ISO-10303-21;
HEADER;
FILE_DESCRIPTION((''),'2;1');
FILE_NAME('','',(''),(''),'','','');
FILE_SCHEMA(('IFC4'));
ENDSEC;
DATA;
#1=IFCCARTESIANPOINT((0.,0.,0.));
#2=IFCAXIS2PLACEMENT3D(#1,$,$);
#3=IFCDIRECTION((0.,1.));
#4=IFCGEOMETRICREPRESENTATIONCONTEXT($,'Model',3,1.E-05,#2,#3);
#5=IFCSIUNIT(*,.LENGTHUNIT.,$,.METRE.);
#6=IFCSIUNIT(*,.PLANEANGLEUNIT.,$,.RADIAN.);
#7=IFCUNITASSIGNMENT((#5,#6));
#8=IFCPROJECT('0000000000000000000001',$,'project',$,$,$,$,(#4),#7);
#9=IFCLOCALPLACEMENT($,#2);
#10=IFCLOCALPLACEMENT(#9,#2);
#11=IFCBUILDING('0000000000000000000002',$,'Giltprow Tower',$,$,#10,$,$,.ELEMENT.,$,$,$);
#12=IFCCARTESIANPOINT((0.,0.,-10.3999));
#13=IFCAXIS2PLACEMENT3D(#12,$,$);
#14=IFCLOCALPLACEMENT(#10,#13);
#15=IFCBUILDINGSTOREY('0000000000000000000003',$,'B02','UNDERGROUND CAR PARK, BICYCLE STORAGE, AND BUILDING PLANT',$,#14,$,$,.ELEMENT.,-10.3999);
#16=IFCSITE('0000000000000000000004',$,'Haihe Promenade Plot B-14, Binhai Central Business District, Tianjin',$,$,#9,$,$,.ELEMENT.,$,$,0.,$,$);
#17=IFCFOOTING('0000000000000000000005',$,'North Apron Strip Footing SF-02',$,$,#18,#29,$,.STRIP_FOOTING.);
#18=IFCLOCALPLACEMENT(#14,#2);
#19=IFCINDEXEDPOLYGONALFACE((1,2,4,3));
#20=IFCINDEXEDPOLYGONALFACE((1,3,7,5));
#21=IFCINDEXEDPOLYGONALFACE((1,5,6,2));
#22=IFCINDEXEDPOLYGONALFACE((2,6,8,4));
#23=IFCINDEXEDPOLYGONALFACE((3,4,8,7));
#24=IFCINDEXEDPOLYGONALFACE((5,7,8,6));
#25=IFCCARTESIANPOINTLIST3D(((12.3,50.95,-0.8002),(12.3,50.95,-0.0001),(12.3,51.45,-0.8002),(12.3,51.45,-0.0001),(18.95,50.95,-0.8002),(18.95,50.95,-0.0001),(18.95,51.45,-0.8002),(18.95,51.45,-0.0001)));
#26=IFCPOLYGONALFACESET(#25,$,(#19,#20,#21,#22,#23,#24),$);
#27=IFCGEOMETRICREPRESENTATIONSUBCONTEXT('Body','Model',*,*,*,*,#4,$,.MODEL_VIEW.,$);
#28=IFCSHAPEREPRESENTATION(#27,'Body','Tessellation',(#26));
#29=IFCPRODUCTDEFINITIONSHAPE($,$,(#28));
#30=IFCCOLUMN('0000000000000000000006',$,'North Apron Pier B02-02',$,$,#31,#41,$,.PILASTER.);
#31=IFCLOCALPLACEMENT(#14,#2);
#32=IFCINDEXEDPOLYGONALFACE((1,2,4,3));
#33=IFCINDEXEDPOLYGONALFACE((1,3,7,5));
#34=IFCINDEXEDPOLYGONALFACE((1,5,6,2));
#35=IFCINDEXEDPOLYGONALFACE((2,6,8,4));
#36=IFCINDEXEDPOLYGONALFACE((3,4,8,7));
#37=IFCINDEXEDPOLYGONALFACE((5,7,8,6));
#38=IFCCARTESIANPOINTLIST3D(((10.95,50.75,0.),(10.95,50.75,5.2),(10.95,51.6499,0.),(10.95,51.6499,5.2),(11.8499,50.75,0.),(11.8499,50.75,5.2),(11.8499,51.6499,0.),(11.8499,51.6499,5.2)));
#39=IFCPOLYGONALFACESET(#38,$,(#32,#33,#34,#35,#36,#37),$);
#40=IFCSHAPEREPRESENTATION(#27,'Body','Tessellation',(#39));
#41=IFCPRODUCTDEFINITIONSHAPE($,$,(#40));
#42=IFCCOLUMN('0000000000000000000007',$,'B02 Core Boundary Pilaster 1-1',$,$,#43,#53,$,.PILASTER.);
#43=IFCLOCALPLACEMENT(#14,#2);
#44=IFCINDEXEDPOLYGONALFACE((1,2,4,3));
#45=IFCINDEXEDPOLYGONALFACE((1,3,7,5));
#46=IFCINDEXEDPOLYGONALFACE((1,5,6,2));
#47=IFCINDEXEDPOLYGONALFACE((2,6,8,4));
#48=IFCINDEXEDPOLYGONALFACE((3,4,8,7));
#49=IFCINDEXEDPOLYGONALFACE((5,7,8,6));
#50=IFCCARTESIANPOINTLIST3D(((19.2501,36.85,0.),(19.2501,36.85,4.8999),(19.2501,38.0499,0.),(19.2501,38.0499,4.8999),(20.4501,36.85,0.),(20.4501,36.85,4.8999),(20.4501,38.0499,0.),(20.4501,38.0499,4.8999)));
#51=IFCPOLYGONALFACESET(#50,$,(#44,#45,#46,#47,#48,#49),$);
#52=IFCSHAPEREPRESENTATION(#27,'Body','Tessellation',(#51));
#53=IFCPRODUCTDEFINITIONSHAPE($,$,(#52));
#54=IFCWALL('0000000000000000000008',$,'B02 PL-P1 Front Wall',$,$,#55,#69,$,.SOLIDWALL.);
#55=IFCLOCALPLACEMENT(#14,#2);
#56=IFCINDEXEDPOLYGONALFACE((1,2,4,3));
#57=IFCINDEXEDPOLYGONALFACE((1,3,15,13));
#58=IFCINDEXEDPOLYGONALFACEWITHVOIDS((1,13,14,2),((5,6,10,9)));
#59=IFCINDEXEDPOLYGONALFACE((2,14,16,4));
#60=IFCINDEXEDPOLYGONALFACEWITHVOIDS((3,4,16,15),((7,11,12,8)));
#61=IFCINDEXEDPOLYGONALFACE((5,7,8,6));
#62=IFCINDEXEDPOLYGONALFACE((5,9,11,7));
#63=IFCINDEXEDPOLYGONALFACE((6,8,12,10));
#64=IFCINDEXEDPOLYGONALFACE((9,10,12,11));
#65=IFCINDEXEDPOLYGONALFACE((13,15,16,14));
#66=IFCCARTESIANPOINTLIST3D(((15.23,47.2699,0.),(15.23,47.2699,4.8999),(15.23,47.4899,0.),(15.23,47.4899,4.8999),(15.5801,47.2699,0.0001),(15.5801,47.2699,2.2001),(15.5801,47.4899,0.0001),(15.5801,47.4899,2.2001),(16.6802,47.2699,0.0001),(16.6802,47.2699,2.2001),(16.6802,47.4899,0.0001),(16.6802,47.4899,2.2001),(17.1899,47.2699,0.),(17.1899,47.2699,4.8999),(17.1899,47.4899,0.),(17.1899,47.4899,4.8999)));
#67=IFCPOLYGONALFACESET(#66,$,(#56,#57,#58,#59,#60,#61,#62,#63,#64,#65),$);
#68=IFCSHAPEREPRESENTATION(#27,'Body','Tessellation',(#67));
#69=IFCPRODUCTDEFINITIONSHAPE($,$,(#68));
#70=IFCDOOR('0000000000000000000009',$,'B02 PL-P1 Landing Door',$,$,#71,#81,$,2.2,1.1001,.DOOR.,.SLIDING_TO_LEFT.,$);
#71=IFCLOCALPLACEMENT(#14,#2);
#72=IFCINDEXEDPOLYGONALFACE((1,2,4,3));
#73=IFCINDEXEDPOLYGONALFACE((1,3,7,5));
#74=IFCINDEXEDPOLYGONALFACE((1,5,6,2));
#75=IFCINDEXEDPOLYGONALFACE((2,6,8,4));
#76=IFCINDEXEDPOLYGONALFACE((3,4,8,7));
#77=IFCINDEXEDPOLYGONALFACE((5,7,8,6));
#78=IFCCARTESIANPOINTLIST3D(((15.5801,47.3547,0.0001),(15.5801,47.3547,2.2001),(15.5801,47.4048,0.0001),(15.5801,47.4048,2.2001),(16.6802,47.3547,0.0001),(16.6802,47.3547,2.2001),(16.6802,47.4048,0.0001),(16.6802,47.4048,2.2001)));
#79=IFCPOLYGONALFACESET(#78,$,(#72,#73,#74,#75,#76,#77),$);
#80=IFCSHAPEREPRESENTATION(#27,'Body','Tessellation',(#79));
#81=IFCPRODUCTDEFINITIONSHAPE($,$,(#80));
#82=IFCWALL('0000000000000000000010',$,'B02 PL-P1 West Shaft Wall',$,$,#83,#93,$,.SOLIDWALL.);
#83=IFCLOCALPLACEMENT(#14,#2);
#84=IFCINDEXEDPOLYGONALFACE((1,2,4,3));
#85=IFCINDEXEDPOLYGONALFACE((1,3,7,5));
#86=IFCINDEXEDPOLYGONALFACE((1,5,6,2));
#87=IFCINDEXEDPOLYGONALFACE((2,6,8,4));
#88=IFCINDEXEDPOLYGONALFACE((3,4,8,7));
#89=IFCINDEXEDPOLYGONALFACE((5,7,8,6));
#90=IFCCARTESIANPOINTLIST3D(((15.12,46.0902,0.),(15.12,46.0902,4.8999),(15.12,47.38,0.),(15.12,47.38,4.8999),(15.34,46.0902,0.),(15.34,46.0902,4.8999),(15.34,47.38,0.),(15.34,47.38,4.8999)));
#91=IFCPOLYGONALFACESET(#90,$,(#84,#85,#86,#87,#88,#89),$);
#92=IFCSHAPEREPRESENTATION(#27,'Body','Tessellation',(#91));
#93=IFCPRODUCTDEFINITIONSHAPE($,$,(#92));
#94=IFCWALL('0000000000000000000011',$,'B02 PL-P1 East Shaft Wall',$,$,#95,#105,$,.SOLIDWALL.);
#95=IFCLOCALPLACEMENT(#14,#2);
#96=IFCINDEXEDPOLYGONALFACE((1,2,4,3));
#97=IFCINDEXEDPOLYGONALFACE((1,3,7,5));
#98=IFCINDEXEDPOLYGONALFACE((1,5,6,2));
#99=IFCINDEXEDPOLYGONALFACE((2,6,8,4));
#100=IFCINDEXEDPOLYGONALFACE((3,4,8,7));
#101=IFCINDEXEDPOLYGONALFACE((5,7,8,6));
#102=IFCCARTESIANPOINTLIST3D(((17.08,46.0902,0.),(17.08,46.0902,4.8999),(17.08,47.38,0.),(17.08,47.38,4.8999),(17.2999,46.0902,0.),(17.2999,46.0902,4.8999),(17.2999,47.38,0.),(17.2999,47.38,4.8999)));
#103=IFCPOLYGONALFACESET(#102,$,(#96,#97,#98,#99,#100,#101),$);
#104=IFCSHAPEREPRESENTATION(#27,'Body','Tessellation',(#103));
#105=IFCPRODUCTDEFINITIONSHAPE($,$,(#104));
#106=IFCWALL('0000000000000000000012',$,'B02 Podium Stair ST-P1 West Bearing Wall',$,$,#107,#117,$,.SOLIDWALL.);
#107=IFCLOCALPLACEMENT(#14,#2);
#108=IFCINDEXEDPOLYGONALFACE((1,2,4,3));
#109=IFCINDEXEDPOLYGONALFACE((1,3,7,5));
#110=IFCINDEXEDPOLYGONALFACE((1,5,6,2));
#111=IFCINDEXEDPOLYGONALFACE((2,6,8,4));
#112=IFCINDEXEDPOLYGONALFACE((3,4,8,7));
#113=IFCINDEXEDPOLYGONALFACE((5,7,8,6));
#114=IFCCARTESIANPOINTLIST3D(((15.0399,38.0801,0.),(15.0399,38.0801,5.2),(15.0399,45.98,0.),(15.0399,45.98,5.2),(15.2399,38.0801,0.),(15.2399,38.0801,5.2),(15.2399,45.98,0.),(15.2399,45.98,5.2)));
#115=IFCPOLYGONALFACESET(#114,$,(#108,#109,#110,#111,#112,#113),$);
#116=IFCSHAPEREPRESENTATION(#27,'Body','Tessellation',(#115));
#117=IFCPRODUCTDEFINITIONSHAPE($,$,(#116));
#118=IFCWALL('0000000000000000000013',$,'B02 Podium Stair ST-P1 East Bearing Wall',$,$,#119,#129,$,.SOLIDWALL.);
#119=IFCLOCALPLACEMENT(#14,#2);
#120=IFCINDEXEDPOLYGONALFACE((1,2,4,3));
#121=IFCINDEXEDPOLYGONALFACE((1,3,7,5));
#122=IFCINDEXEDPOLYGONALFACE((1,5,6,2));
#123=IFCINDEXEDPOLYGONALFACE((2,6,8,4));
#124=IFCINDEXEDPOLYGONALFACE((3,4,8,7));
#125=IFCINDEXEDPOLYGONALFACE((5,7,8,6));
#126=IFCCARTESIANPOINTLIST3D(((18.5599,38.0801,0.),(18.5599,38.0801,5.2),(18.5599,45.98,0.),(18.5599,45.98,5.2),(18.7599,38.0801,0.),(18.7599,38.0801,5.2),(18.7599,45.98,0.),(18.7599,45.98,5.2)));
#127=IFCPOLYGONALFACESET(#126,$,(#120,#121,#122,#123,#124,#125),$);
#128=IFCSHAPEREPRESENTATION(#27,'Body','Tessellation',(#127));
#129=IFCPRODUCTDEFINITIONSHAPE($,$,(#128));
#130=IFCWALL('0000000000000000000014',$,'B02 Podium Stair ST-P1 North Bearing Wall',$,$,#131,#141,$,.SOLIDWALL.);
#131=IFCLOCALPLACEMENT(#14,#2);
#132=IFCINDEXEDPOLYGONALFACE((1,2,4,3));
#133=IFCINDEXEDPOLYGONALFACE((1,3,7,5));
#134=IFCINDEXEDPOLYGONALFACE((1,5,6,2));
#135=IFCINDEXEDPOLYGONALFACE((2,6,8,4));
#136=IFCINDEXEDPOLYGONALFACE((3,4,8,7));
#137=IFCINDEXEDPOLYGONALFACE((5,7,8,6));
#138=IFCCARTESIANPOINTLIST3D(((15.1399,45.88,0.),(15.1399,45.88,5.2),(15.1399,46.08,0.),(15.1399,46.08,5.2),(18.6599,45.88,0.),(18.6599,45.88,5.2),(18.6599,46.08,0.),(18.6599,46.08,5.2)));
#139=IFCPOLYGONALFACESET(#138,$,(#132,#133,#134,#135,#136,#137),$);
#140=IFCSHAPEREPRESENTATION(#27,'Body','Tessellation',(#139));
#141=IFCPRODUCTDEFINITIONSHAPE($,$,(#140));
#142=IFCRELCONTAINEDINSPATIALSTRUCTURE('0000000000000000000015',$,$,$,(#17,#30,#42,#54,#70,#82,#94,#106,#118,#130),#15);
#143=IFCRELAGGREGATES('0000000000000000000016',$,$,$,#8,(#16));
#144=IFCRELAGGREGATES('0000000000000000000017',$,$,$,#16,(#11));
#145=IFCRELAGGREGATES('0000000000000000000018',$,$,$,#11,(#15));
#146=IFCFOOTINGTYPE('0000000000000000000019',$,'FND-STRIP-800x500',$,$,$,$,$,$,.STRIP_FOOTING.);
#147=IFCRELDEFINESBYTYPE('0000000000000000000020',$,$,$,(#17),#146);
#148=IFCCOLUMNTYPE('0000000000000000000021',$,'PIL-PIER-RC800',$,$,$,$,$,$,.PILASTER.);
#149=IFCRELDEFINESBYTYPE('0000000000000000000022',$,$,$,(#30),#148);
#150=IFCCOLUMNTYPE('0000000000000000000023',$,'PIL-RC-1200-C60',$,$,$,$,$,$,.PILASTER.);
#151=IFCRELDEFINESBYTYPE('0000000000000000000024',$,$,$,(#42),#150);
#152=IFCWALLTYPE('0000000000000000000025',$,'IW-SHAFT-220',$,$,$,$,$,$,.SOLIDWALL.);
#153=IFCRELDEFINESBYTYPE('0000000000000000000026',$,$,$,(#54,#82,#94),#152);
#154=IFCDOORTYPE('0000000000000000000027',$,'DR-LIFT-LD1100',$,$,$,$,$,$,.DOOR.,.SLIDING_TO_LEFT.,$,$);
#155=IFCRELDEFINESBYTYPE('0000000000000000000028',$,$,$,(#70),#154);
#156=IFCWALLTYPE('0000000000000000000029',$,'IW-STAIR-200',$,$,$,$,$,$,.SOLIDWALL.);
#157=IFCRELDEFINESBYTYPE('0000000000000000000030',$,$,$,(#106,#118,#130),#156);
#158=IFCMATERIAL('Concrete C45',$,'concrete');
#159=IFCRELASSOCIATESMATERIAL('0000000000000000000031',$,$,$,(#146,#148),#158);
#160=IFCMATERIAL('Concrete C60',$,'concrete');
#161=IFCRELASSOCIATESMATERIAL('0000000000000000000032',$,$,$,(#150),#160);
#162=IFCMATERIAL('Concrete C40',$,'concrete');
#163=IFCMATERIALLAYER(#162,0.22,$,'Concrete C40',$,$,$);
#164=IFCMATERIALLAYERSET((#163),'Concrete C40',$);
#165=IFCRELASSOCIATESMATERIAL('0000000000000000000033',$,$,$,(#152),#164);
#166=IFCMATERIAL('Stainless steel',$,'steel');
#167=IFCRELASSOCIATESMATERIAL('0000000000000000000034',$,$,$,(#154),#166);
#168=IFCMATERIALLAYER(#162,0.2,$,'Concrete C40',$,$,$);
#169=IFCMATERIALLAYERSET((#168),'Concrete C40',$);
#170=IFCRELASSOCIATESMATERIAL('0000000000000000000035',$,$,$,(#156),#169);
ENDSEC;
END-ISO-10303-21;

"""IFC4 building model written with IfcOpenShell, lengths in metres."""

from ifc_helpers import new_model, si_unit, direction, frame, frame_2d, origin, origin_2d, place, context, subcontext, project, spatial, rectangle, extrude, source, transform, mapped, material, layer, layer_set, material_profile, profile_set, type_object, element, fill, save


model = new_model("IFC4")

# Units and contexts
model_context = context("Model", 3, precision=1e-05, world=origin(), true_north=direction((0.0, 1.0)))
body_context = subcontext(model_context, "Body", "Model", "MODEL_VIEW")
ifc_project = project(units=[si_unit("LENGTHUNIT", "METRE"), si_unit("PLANEANGLEUNIT", "RADIAN")], contexts=[model_context])

# Site, building, storey
site_placement = place(None, origin())
site = spatial("IfcSite", under=ifc_project, at=site_placement, Name="Haihe Promenade Plot B-14, Binhai Central Business District, Tianjin", CompositionType="ELEMENT", RefElevation=0.0)
building_placement = place(site_placement, origin())
building = spatial("IfcBuilding", under=site, at=building_placement, Name="Giltprow Tower", CompositionType="ELEMENT")
storey_placement = place(building_placement, frame((0.0, 0.0, -10.3999)))
storey = spatial("IfcBuildingStorey", under=building, at=storey_placement, Name="B02", Description="UNDERGROUND CAR PARK, BICYCLE STORAGE, AND BUILDING PLANT", CompositionType="ELEMENT", Elevation=-10.3999)

# Shared definitions
ifc_material_1 = material(Name="Concrete C45", Category="concrete")

# Footing
ifc_material_profile_1 = material_profile(ifc_material_1, rectangle(XDim=0.5, YDim=0.8, at=origin_2d()), Name="RC 800x500")
ifc_profile_set_1 = profile_set([ifc_material_profile_1], Name="Concrete C45")
footing_type = type_object("IfcFootingType", Name="FND-STRIP-800x500", PredefinedType="STRIP_FOOTING", material=ifc_profile_set_1)
shared_shape_1 = source(origin(), body_context, "Body", "SweptSolid", [
    extrude(rectangle(XDim=0.5, YDim=0.8, at=origin_2d()), origin(), (0.0, 0.0, 1.0), 6.6499),
])
footing_placement = place(storey_placement, frame((12.3, 51.2, -0.4001), z_axis=(1.0, 0.0, 0.0), x_axis=(0.0, 1.0, 0.0)))
element("IfcFooting", 1, at=footing_placement, inside=storey, type_object=footing_type, Name="North Apron Strip Footing SF-02", PredefinedType="STRIP_FOOTING", context=body_context, shape_type="MappedRepresentation", body=[
    mapped(shared_shape_1, transform((0.0, 0.0, 0.0), x_axis=(1.0, 0.0, 0.0), y_axis=(0.0, 1.0, 0.0), z_axis=(0.0, 0.0, 1.0), scale=1.0)),
])

# Columns
ifc_material_profile_2 = material_profile(ifc_material_1, rectangle(XDim=0.8999, YDim=0.8999, at=origin_2d()), Name="RC 900x900")
ifc_profile_set_2 = profile_set([ifc_material_profile_2], Name="Concrete C45")
column_type_1 = type_object("IfcColumnType", Name="PIL-PIER-RC800", PredefinedType="PILASTER", material=ifc_profile_set_2)
shared_shape_2 = source(origin(), body_context, "Body", "SweptSolid", [
    extrude(rectangle(XDim=0.8999, YDim=0.8999, at=origin_2d()), origin(), (0.0, 0.0, 1.0), 5.2),
])
column_1_placement = place(storey_placement, frame((11.3999, 51.2, 0.0), z_axis=(0.0, 0.0, 1.0), x_axis=(1.0, 0.0, 0.0)))
element("IfcColumn", 2, at=column_1_placement, inside=storey, type_object=column_type_1, Name="North Apron Pier B02-02", PredefinedType="PILASTER", context=body_context, shape_type="MappedRepresentation", body=[
    mapped(shared_shape_2, transform((0.0, 0.0, 0.0), x_axis=(1.0, 0.0, 0.0), y_axis=(0.0, 1.0, 0.0), z_axis=(0.0, 0.0, 1.0), scale=1.0)),
])
ifc_material_2 = material(Name="Concrete C60", Category="concrete")
ifc_material_profile_3 = material_profile(ifc_material_2, rectangle(XDim=1.2, YDim=1.2, at=origin_2d()), Name="RC 1200x1200")
ifc_profile_set_3 = profile_set([ifc_material_profile_3], Name="Concrete C60")
column_type_2 = type_object("IfcColumnType", Name="PIL-RC-1200-C60", PredefinedType="PILASTER", material=ifc_profile_set_3)
shared_shape_3 = source(origin(), body_context, "Body", "SweptSolid", [
    extrude(rectangle(XDim=1.2, YDim=1.2, at=origin_2d()), origin(), (0.0, 0.0, 1.0), 4.8999),
])
column_2_placement = place(storey_placement, frame((19.8501, 37.45, 0.0), z_axis=(0.0, 0.0, 1.0), x_axis=(1.0, 0.0, 0.0)))
element("IfcColumn", 3, at=column_2_placement, inside=storey, type_object=column_type_2, Name="B02 Core Boundary Pilaster 1-1", PredefinedType="PILASTER", context=body_context, shape_type="MappedRepresentation", body=[
    mapped(shared_shape_3, transform((0.0, 0.0, 0.0), x_axis=(1.0, 0.0, 0.0), y_axis=(0.0, 1.0, 0.0), z_axis=(0.0, 0.0, 1.0), scale=1.0)),
])

# Wall, opening, door
ifc_material_3 = material(Name="Concrete C40", Category="concrete")
ifc_layer_1 = layer(ifc_material_3, 0.22, Name="Concrete C40")
ifc_layer_set_1 = layer_set([ifc_layer_1], Name="Concrete C40")
wall_type_1 = type_object("IfcWallType", Name="IW-SHAFT-220", PredefinedType="SOLIDWALL", material=ifc_layer_set_1)
wall_1_placement = place(storey_placement, frame((15.23, 47.3799, 0.0), z_axis=(0.0, 0.0, 1.0), x_axis=(1.0, 0.0, 0.0)))
wall_1 = element("IfcWall", 4, at=wall_1_placement, inside=storey, type_object=wall_type_1, Name="B02 PL-P1 Front Wall", PredefinedType="SOLIDWALL", context=body_context, shape_type="SweptSolid", body=[
    extrude(rectangle(XDim=1.96, YDim=0.22, at=frame_2d((0.98, 0.0))), origin(), (0.0, 0.0, 1.0), 4.8999),
])
opening_1_placement = place(wall_1_placement, frame((0.3501, 0.0, 0.0)))
opening_1 = element("IfcOpeningElement", 5, at=opening_1_placement, cuts=wall_1, PredefinedType="OPENING", context=body_context, shape_type="SweptSolid", body=[
    extrude(rectangle(XDim=1.1001, YDim=2.2, at=frame_2d((0.55, 1.1001))), frame((0.0, 0.1199, 0.0), z_axis=(0.0, -1.0, 0.0), x_axis=(1.0, 0.0, 0.0)), (0.0, 0.0, 1.0), 0.24),
])
ifc_material_4 = material(Name="Stainless steel", Category="steel")
door_type_1 = type_object("IfcDoorType", Name="DR-LIFT-LD1100", OperationType="SLIDING_TO_LEFT", PredefinedType="DOOR", material=ifc_material_4)
shared_shape_4 = source(origin(), body_context, "Body", "SweptSolid", [
    extrude(rectangle(XDim=1.1001, YDim=2.2, at=frame_2d((0.55, 1.1001))), frame((0.0, 0.0249, 0.0), z_axis=(0.0, -1.0, 0.0), x_axis=(1.0, 0.0, 0.0)), (0.0, 0.0, 1.0), 0.05),
])
door_1_placement = place(opening_1_placement, origin())
door_1 = element("IfcDoor", 6, at=door_1_placement, inside=storey, type_object=door_type_1, Name="B02 PL-P1 Landing Door", OperationType="SLIDING_TO_LEFT", OverallHeight=2.2, OverallWidth=1.1001, PredefinedType="DOOR", context=body_context, shape_type="MappedRepresentation", body=[
    mapped(shared_shape_4, transform((0.0, 0.0, 0.0), x_axis=(1.0, 0.0, 0.0), y_axis=(0.0, 1.0, 0.0), z_axis=(0.0, 0.0, 1.0), scale=1.0)),
])
fill(opening_1, door_1)

# Walls
for number, where, z_axis, x_axis, name in (
    (7, (15.23, 46.0901, 0.0), (0.0, 0.0, 1.0), (0.0, 1.0, 0.0), "B02 PL-P1 West Shaft Wall"),
    (8, (17.1899, 46.0901, 0.0), (0.0, 0.0, 1.0), (0.0, 1.0, 0.0), "B02 PL-P1 East Shaft Wall"),
):
    element("IfcWall", number, at=place(storey_placement, frame(where, z_axis=z_axis, x_axis=x_axis)), inside=storey, type_object=wall_type_1, Name=name, PredefinedType="SOLIDWALL", context=body_context, shape_type="SweptSolid", body=[
        extrude(rectangle(XDim=1.2898, YDim=0.22, at=frame_2d((0.645, 0.0))), origin(), (0.0, 0.0, 1.0), 4.8999),
    ])
ifc_layer_2 = layer(ifc_material_3, 0.2, Name="Concrete C40")
ifc_layer_set_2 = layer_set([ifc_layer_2], Name="Concrete C40")
wall_type_2 = type_object("IfcWallType", Name="IW-STAIR-200", PredefinedType="SOLIDWALL", material=ifc_layer_set_2)
for number, where, z_axis, x_axis, name in (
    (9, (15.1399, 38.0801, 0.0), (0.0, 0.0, 1.0), (0.0, 1.0, 0.0), "B02 Podium Stair ST-P1 West Bearing Wall"),
    (10, (18.6599, 38.0801, 0.0), (0.0, 0.0, 1.0), (0.0, 1.0, 0.0), "B02 Podium Stair ST-P1 East Bearing Wall"),
):
    element("IfcWall", number, at=place(storey_placement, frame(where, z_axis=z_axis, x_axis=x_axis)), inside=storey, type_object=wall_type_2, Name=name, PredefinedType="SOLIDWALL", context=body_context, shape_type="SweptSolid", body=[
        extrude(rectangle(XDim=7.8999, YDim=0.2, at=frame_2d((3.95, 0.0))), origin(), (0.0, 0.0, 1.0), 5.2),
    ])
wall_2_placement = place(storey_placement, frame((15.1399, 45.98, 0.0), z_axis=(0.0, 0.0, 1.0), x_axis=(1.0, 0.0, 0.0)))
element("IfcWall", 11, at=wall_2_placement, inside=storey, type_object=wall_type_2, Name="B02 Podium Stair ST-P1 North Bearing Wall", PredefinedType="SOLIDWALL", context=body_context, shape_type="SweptSolid", body=[
    extrude(rectangle(XDim=3.52, YDim=0.2, at=frame_2d((1.76, 0.0))), origin(), (0.0, 0.0, 1.0), 5.2),
])

save(model, "model.ifc")
